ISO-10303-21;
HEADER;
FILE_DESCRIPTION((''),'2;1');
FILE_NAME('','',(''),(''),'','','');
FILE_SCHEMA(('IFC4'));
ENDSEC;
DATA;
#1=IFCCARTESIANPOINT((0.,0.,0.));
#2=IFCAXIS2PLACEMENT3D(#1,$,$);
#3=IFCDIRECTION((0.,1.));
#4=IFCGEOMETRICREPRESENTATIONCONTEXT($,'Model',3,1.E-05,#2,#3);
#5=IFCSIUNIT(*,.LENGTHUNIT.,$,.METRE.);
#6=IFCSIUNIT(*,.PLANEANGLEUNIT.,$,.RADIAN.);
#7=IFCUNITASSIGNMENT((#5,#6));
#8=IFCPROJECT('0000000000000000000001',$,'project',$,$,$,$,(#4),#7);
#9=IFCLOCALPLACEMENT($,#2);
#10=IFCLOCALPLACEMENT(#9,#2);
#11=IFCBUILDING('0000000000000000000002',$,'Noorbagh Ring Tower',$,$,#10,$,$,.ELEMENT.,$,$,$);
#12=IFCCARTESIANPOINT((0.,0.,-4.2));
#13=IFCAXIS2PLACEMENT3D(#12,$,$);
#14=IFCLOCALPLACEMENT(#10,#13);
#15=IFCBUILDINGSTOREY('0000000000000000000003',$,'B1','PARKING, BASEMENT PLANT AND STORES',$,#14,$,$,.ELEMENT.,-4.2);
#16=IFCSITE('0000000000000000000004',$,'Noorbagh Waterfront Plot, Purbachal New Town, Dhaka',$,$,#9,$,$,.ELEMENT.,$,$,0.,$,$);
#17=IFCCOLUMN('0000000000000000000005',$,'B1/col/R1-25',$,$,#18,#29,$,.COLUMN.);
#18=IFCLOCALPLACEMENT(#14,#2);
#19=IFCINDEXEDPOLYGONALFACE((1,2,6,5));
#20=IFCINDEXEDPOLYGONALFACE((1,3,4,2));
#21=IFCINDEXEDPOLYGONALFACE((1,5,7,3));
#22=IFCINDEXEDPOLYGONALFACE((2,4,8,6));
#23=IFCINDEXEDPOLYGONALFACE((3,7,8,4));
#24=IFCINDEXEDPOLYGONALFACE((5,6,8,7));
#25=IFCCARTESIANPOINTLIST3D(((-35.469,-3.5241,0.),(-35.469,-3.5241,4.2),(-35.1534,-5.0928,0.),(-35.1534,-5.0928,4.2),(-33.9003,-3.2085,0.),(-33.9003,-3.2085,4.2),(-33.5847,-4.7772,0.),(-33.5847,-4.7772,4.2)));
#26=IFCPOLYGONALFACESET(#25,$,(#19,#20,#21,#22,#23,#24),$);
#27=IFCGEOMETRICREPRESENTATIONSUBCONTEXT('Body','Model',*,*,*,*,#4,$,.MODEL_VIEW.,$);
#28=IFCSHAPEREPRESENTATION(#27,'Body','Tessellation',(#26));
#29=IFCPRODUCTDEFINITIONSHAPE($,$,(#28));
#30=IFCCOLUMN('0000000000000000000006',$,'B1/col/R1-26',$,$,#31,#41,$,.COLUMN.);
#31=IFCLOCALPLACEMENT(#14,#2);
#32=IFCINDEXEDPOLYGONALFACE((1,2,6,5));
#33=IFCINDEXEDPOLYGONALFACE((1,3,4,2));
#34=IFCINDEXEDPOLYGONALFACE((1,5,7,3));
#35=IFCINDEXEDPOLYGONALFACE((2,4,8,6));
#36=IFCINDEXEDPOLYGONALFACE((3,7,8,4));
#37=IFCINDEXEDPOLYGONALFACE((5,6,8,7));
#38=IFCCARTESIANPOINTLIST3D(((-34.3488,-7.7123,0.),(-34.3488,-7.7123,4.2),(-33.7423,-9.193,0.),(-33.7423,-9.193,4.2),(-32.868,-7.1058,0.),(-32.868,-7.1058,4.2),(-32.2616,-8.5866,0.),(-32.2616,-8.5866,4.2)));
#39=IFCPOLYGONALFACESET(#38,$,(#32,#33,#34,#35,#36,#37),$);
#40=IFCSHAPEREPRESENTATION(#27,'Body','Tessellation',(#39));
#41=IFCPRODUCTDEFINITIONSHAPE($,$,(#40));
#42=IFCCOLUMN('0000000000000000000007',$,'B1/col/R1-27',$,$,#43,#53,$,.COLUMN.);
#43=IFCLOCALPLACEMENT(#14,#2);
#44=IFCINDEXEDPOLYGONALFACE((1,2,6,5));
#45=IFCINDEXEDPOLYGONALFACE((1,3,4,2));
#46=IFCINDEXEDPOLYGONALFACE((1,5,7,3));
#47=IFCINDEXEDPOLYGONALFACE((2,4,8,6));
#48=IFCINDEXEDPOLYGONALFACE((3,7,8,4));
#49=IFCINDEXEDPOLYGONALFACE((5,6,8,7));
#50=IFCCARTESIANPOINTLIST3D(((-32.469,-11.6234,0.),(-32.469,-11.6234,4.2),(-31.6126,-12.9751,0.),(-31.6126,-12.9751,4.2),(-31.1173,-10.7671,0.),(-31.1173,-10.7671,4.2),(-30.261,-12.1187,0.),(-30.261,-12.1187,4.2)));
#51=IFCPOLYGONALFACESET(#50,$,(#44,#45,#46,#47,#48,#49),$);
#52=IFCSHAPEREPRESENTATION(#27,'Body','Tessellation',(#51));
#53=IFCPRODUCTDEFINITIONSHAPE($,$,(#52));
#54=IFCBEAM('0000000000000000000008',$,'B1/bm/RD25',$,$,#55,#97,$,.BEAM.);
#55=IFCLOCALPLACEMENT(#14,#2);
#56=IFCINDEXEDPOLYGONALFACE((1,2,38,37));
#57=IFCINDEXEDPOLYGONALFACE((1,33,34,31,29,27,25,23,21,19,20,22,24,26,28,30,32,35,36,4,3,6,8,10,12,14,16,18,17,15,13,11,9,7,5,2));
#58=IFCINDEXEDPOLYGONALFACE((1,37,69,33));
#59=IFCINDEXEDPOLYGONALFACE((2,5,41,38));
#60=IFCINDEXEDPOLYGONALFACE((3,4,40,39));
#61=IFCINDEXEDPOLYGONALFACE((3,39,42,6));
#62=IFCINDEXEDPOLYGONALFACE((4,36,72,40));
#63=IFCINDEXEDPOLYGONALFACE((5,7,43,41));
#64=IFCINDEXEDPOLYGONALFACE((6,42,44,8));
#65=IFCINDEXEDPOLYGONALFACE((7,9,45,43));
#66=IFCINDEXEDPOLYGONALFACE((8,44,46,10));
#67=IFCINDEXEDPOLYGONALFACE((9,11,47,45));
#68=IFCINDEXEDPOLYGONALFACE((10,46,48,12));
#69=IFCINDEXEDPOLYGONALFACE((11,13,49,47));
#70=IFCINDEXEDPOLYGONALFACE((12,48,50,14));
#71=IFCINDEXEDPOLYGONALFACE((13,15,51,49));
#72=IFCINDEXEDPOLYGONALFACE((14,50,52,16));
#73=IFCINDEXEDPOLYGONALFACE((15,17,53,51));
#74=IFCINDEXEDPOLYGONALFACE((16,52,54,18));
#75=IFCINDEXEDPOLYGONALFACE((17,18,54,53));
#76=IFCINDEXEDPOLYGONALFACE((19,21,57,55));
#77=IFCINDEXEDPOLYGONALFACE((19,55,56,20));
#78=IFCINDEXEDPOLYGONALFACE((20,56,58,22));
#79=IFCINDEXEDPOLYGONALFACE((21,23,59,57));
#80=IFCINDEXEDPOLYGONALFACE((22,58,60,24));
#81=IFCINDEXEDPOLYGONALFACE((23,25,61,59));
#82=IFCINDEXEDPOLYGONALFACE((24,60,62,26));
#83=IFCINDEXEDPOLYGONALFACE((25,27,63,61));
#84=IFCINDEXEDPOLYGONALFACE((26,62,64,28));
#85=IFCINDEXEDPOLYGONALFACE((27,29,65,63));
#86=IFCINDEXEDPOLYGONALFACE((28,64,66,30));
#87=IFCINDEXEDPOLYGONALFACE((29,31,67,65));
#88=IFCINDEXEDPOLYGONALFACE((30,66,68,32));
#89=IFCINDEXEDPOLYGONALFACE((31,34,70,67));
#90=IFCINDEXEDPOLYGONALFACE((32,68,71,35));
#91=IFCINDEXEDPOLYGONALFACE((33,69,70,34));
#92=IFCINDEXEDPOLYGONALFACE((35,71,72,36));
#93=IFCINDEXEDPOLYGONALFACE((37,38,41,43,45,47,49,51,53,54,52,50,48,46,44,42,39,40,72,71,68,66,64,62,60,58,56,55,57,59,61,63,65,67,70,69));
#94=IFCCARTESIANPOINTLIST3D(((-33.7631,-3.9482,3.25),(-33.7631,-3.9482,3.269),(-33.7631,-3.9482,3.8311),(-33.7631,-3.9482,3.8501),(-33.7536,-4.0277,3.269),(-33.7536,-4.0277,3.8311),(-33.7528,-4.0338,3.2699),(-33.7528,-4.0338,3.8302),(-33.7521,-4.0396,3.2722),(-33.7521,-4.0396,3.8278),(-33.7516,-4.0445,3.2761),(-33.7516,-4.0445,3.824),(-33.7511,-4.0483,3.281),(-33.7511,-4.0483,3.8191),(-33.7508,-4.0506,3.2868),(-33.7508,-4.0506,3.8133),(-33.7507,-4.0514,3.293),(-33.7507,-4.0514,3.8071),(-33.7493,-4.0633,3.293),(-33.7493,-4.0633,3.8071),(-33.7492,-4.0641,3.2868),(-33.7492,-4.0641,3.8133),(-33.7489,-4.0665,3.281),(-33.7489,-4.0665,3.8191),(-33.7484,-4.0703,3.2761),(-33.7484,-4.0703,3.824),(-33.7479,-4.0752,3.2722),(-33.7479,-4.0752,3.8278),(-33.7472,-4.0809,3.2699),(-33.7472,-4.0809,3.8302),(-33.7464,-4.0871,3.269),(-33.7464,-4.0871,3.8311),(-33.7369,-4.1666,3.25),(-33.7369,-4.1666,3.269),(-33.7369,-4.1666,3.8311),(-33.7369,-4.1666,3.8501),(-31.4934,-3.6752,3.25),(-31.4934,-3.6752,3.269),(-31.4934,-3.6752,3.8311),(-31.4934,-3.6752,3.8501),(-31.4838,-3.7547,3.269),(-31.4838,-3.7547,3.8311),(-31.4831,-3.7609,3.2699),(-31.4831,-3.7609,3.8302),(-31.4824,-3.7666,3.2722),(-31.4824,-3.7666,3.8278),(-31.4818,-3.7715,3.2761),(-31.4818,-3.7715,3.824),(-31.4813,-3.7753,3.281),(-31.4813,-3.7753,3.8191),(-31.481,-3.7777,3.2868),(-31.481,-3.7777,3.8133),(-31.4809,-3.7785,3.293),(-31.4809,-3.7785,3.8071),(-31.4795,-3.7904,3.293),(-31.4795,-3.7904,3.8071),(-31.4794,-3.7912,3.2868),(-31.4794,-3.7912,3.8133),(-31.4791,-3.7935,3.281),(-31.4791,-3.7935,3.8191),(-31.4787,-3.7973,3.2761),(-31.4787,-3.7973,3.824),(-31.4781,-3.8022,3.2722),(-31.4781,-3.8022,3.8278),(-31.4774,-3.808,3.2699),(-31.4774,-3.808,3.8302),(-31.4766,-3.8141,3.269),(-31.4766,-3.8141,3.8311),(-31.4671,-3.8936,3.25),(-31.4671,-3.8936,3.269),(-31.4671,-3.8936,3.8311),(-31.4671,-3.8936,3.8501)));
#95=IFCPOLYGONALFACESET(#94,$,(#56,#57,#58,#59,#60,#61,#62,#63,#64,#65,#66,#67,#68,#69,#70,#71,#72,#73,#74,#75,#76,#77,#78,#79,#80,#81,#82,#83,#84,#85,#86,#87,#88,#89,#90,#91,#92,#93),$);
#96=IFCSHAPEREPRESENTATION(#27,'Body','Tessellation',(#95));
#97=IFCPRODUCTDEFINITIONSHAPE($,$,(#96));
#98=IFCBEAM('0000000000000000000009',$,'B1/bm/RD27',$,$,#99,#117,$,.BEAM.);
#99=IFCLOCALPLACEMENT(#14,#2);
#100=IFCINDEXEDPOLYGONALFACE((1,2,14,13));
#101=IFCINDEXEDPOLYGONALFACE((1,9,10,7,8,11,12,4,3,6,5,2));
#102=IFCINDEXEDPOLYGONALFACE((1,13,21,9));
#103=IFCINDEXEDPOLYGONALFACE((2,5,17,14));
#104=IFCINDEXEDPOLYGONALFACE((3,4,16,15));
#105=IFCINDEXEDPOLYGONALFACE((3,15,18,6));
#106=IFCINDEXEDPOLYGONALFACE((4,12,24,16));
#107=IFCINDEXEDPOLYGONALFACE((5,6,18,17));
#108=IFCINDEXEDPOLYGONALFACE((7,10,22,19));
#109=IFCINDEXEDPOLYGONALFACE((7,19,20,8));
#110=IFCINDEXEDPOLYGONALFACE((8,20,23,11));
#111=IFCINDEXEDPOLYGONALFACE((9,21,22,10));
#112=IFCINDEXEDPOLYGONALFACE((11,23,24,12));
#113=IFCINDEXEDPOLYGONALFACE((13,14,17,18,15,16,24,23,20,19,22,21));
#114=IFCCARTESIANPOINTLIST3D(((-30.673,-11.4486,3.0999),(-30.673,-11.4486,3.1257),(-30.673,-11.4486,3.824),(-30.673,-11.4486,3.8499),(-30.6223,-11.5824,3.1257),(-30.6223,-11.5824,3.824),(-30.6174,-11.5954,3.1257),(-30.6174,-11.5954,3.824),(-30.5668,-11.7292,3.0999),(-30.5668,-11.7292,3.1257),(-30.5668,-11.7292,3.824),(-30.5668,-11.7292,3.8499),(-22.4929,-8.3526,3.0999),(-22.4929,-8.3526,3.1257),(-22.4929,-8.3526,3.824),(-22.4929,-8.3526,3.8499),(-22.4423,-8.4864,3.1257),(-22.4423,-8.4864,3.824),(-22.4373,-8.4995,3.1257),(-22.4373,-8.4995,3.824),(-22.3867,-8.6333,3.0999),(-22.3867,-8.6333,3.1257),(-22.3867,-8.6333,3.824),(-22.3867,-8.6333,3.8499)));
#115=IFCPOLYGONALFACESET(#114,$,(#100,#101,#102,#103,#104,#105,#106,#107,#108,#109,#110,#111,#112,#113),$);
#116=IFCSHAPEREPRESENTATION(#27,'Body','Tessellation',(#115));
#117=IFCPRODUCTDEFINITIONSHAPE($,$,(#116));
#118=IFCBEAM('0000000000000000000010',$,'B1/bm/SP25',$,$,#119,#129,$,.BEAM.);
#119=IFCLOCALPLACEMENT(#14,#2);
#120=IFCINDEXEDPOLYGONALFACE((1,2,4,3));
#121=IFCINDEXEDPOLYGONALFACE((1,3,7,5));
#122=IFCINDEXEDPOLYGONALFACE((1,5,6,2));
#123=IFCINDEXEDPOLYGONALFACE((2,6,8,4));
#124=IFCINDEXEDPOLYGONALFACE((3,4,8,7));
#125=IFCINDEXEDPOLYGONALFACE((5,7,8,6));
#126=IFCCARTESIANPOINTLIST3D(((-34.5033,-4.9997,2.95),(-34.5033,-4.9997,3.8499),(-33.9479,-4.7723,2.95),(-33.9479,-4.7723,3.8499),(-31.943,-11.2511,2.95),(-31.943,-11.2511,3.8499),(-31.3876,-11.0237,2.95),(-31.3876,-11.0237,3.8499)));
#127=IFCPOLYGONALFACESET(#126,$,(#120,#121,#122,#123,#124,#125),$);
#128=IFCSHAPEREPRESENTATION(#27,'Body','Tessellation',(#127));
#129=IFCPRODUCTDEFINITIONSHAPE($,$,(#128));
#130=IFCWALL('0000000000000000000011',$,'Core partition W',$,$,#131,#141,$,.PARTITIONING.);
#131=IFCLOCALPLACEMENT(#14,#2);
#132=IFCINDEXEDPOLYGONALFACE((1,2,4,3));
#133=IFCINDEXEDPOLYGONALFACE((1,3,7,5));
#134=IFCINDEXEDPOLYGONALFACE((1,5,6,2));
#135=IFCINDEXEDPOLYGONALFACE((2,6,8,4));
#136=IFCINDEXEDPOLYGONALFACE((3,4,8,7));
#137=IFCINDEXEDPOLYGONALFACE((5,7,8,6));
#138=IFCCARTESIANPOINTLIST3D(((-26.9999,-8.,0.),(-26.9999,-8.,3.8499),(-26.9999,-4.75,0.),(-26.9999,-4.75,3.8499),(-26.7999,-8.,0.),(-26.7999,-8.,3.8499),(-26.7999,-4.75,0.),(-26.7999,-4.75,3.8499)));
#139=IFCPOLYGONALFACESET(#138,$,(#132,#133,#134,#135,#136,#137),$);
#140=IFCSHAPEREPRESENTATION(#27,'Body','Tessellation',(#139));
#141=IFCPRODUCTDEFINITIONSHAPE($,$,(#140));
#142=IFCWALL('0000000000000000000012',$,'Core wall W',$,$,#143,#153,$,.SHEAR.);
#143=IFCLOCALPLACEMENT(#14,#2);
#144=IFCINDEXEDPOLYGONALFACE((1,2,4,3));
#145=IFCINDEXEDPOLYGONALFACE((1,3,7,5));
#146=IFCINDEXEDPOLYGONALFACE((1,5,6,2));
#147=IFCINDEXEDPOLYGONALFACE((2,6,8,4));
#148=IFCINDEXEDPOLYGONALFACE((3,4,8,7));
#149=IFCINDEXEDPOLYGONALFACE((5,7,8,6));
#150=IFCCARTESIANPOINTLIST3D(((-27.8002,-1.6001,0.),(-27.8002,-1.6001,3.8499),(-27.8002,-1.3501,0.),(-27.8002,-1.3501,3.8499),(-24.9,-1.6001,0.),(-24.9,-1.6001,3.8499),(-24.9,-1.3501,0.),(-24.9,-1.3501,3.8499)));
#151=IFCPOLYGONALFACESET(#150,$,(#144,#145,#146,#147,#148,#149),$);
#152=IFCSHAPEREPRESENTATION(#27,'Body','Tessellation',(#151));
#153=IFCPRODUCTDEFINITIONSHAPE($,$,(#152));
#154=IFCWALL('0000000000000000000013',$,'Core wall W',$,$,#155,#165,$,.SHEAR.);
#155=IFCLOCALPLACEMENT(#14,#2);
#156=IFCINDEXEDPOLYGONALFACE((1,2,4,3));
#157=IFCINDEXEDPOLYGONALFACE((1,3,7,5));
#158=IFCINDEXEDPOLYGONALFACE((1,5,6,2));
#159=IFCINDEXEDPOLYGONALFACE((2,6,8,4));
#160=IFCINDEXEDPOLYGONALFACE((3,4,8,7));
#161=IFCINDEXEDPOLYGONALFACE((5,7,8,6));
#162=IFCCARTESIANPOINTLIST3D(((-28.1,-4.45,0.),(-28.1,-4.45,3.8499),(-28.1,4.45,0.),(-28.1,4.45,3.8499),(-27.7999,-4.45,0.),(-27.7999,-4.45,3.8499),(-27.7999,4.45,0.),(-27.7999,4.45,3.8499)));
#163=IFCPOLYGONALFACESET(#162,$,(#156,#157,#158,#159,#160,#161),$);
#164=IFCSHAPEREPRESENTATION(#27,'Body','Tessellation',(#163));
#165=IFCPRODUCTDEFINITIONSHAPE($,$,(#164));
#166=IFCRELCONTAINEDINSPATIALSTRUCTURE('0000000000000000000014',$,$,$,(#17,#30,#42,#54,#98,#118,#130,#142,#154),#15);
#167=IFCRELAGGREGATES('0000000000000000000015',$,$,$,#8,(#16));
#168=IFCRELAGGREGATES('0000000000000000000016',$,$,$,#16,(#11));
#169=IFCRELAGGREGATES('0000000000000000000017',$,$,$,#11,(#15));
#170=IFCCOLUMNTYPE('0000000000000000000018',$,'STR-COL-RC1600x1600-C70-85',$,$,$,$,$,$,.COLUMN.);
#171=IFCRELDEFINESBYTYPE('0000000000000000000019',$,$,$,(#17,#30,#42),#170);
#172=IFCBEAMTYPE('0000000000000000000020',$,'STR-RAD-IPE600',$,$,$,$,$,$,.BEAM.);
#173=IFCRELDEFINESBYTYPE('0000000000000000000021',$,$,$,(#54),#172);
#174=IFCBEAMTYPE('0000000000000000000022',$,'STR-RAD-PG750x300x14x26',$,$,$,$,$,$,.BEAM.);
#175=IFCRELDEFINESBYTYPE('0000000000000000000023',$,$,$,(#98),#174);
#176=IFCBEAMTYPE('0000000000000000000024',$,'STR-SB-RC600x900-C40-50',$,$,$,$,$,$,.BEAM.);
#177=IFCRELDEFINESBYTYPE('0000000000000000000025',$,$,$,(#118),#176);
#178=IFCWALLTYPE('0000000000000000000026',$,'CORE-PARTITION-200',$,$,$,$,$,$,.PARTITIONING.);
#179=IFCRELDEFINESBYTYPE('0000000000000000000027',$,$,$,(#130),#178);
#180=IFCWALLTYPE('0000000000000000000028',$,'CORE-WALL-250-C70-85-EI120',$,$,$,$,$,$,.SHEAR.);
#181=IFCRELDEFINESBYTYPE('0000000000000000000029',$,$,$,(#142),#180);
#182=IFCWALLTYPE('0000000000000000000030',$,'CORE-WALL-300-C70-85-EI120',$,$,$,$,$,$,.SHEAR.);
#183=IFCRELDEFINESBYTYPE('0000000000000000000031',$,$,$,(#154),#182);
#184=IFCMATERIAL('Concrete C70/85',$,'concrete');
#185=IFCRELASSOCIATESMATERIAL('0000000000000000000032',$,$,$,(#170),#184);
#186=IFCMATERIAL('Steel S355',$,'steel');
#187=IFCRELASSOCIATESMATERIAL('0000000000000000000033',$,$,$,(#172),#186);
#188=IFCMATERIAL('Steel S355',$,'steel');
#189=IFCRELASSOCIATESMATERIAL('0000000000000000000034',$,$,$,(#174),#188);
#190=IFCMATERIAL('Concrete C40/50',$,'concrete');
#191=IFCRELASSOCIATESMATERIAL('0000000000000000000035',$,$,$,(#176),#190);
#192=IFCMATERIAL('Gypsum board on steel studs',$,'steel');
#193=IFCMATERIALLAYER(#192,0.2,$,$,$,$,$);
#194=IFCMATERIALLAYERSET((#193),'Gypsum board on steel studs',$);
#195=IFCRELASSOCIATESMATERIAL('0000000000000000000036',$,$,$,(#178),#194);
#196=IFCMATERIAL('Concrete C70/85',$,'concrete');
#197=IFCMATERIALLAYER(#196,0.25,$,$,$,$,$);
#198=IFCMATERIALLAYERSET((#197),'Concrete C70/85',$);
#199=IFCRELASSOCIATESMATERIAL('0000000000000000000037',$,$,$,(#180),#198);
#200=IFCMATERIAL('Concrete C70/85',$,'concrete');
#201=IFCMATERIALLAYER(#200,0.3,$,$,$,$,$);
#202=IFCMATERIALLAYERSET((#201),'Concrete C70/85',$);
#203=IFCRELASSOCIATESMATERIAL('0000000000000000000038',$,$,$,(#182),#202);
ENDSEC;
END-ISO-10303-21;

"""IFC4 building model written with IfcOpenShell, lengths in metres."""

from ifc_helpers import new_model, si_unit, direction, frame, frame_2d, origin, origin_2d, place, context, subcontext, project, spatial, rectangle, i_section, extrude, material, layer, layer_set, material_profile, profile_set, type_object, element, save


model = new_model("IFC4")

# Units and contexts
model_context = context("Model", 3, precision=1e-05, world=origin(), true_north=direction((0.0, 1.0)))
body_context = subcontext(model_context, "Body", "Model", "MODEL_VIEW")
ifc_project = project(units=[si_unit("LENGTHUNIT", "METRE"), si_unit("PLANEANGLEUNIT", "RADIAN")], contexts=[model_context])

# Site, building, storey
site_placement = place(None, origin())
site = spatial("IfcSite", under=ifc_project, at=site_placement, Name="Noorbagh Waterfront Plot, Purbachal New Town, Dhaka", CompositionType="ELEMENT", RefElevation=0.0)
building_placement = place(site_placement, origin())
building = spatial("IfcBuilding", under=site, at=building_placement, Name="Noorbagh Ring Tower", CompositionType="ELEMENT")
storey_placement = place(building_placement, frame((0.0, 0.0, -4.2)))
storey = spatial("IfcBuildingStorey", under=building, at=storey_placement, Name="B1", Description="PARKING, BASEMENT PLANT AND STORES", CompositionType="ELEMENT", Elevation=-4.2)

# Columns
ifc_material_1 = material(Name="Concrete C70/85", Category="concrete")
ifc_material_profile_1 = material_profile(ifc_material_1, rectangle(XDim=1.6001, YDim=1.6001, at=origin_2d()), Name="RC1600x1600")
ifc_profile_set_1 = profile_set([ifc_material_profile_1], Name="Concrete C70/85")
column_type = type_object("IfcColumnType", Name="STR-COL-RC1600x1600-C70-85", PredefinedType="COLUMN", material=ifc_profile_set_1)
for number, where, z_axis, x_axis, name in (
    (1, (-34.5269, -4.1506, 0.0), (0.0, 0.0, 1.0), (0.19723, -0.980357, 0.0), "B1/col/R1-25"),
    (2, (-33.3052, -8.1494, 0.0), (0.0, 0.0, 1.0), (0.378989, -0.925401, 0.0), "B1/col/R1-26"),
    (3, (-31.365, -11.8711, 0.0), (0.0, 0.0, 1.0), (0.53519, -0.844731, 0.0), "B1/col/R1-27"),
):
    element("IfcColumn", number, at=place(storey_placement, frame(where, z_axis=z_axis, x_axis=x_axis)), inside=storey, type_object=column_type, Name=name, PredefinedType="COLUMN", context=body_context, shape_type="SweptSolid", body=[
        extrude(rectangle(XDim=1.6001, YDim=1.6001, at=origin_2d()), origin(), (0.0, 0.0, 1.0), 4.2),
    ])

# Beams
ifc_material_2 = material(Name="Steel S355", Category="steel")
ifc_material_profile_2 = material_profile(ifc_material_2, i_section(OverallWidth=0.22, OverallDepth=0.6001, WebThickness=0.012, FlangeThickness=0.019, FilletRadius=0.0239, at=origin_2d()), Name="IPE600")
ifc_profile_set_2 = profile_set([ifc_material_profile_2], Name="Steel S355")
beam_type_1 = type_object("IfcBeamType", Name="STR-RAD-IPE600", PredefinedType="BEAM", material=ifc_profile_set_2)
beam_1_placement = place(storey_placement, frame((-33.75, -4.0574, 3.55), z_axis=(0.992847, 0.119394, 0.0), x_axis=(-0.119394, 0.992847, 0.0)))
element("IfcBeam", 4, at=beam_1_placement, inside=storey, type_object=beam_type_1, Name="B1/bm/RD25", PredefinedType="BEAM", context=body_context, shape_type="SweptSolid", body=[
    extrude(i_section(OverallWidth=0.22, OverallDepth=0.6001, WebThickness=0.012, FlangeThickness=0.019, FilletRadius=0.0239, at=origin_2d()), origin(), (0.0, 0.0, 1.0), 2.2861),
])
ifc_material_3 = material(Name="Steel S355", Category="steel")
ifc_material_profile_3 = material_profile(ifc_material_3, i_section(OverallWidth=0.3, OverallDepth=0.75, WebThickness=0.0139, FlangeThickness=0.0259, at=origin_2d()), Name="PG750x300x14x26")
ifc_profile_set_3 = profile_set([ifc_material_profile_3], Name="Steel S355")
beam_type_2 = type_object("IfcBeamType", Name="STR-RAD-PG750x300x14x26", PredefinedType="BEAM", material=ifc_profile_set_3)
beam_2_placement = place(storey_placement, frame((-30.6199, -11.5889, 3.4749), z_axis=(0.935258, 0.353967, 0.0), x_axis=(-0.353967, 0.935258, 0.0)))
element("IfcBeam", 5, at=beam_2_placement, inside=storey, type_object=beam_type_2, Name="B1/bm/RD27", PredefinedType="BEAM", context=body_context, shape_type="SweptSolid", body=[
    extrude(i_section(OverallWidth=0.3, OverallDepth=0.75, WebThickness=0.0139, FlangeThickness=0.0259, at=origin_2d()), origin(), (0.0, 0.0, 1.0), 8.7463),
])
ifc_material_4 = material(Name="Concrete C40/50", Category="concrete")
ifc_material_profile_4 = material_profile(ifc_material_4, rectangle(XDim=0.6001, YDim=0.8999, at=origin_2d()), Name="RC600x900")
ifc_profile_set_4 = profile_set([ifc_material_profile_4], Name="Concrete C40/50")
beam_type_3 = type_object("IfcBeamType", Name="STR-SB-RC600x900-C40-50", PredefinedType="BEAM", material=ifc_profile_set_4)
beam_3_placement = place(storey_placement, frame((-34.2256, -4.886, 3.3999), z_axis=(0.378999, -0.925397, 0.0), x_axis=(0.925397, 0.378999, 0.0)))
element("IfcBeam", 6, at=beam_3_placement, inside=storey, type_object=beam_type_3, Name="B1/bm/SP25", PredefinedType="BEAM", context=body_context, shape_type="SweptSolid", body=[
    extrude(rectangle(XDim=0.6001, YDim=0.8999, at=origin_2d()), origin(), (0.0, 0.0, 1.0), 6.7554),
])

# Walls
ifc_material_5 = material(Name="Gypsum board on steel studs", Category="steel")
ifc_layer_1 = layer(ifc_material_5, 0.2)
ifc_layer_set_1 = layer_set([ifc_layer_1], Name="Gypsum board on steel studs")
wall_type_1 = type_object("IfcWallType", Name="CORE-PARTITION-200", PredefinedType="PARTITIONING", material=ifc_layer_set_1)
wall_1_placement = place(storey_placement, frame((-26.8999, -8.0, 0.0), z_axis=(0.0, 0.0, 1.0), x_axis=(0.0, 1.0, 0.0)))
element("IfcWall", 7, at=wall_1_placement, inside=storey, type_object=wall_type_1, Name="Core partition W", PredefinedType="PARTITIONING", context=body_context, shape_type="SweptSolid", body=[
    extrude(rectangle(XDim=3.25, YDim=0.2, at=frame_2d((1.625, 0.0))), origin(), (0.0, 0.0, 1.0), 3.8499),
])
ifc_material_6 = material(Name="Concrete C70/85", Category="concrete")
ifc_layer_2 = layer(ifc_material_6, 0.25)
ifc_layer_set_2 = layer_set([ifc_layer_2], Name="Concrete C70/85")
wall_type_2 = type_object("IfcWallType", Name="CORE-WALL-250-C70-85-EI120", PredefinedType="SHEAR", material=ifc_layer_set_2)
wall_2_placement = place(storey_placement, frame((-24.8999, -1.4751, 0.0), z_axis=(0.0, 0.0, 1.0), x_axis=(-1.0, 0.0, 0.0)))
element("IfcWall", 8, at=wall_2_placement, inside=storey, type_object=wall_type_2, Name="Core wall W", PredefinedType="SHEAR", context=body_context, shape_type="SweptSolid", body=[
    extrude(rectangle(XDim=2.9001, YDim=0.25, at=frame_2d((1.4502, 0.0))), origin(), (0.0, 0.0, 1.0), 3.8499),
])
ifc_material_7 = material(Name="Concrete C70/85", Category="concrete")
ifc_layer_3 = layer(ifc_material_7, 0.3)
ifc_layer_set_3 = layer_set([ifc_layer_3], Name="Concrete C70/85")
wall_type_3 = type_object("IfcWallType", Name="CORE-WALL-300-C70-85-EI120", PredefinedType="SHEAR", material=ifc_layer_set_3)
wall_3_placement = place(storey_placement, frame((-27.95, -4.45, 0.0), z_axis=(0.0, 0.0, 1.0), x_axis=(0.0, 1.0, 0.0)))
element("IfcWall", 9, at=wall_3_placement, inside=storey, type_object=wall_type_3, Name="Core wall W", PredefinedType="SHEAR", context=body_context, shape_type="SweptSolid", body=[
    extrude(rectangle(XDim=8.8999, YDim=0.3, at=frame_2d((4.45, 0.0))), origin(), (0.0, 0.0, 1.0), 3.8499),
])

save(model, "model.ifc")
